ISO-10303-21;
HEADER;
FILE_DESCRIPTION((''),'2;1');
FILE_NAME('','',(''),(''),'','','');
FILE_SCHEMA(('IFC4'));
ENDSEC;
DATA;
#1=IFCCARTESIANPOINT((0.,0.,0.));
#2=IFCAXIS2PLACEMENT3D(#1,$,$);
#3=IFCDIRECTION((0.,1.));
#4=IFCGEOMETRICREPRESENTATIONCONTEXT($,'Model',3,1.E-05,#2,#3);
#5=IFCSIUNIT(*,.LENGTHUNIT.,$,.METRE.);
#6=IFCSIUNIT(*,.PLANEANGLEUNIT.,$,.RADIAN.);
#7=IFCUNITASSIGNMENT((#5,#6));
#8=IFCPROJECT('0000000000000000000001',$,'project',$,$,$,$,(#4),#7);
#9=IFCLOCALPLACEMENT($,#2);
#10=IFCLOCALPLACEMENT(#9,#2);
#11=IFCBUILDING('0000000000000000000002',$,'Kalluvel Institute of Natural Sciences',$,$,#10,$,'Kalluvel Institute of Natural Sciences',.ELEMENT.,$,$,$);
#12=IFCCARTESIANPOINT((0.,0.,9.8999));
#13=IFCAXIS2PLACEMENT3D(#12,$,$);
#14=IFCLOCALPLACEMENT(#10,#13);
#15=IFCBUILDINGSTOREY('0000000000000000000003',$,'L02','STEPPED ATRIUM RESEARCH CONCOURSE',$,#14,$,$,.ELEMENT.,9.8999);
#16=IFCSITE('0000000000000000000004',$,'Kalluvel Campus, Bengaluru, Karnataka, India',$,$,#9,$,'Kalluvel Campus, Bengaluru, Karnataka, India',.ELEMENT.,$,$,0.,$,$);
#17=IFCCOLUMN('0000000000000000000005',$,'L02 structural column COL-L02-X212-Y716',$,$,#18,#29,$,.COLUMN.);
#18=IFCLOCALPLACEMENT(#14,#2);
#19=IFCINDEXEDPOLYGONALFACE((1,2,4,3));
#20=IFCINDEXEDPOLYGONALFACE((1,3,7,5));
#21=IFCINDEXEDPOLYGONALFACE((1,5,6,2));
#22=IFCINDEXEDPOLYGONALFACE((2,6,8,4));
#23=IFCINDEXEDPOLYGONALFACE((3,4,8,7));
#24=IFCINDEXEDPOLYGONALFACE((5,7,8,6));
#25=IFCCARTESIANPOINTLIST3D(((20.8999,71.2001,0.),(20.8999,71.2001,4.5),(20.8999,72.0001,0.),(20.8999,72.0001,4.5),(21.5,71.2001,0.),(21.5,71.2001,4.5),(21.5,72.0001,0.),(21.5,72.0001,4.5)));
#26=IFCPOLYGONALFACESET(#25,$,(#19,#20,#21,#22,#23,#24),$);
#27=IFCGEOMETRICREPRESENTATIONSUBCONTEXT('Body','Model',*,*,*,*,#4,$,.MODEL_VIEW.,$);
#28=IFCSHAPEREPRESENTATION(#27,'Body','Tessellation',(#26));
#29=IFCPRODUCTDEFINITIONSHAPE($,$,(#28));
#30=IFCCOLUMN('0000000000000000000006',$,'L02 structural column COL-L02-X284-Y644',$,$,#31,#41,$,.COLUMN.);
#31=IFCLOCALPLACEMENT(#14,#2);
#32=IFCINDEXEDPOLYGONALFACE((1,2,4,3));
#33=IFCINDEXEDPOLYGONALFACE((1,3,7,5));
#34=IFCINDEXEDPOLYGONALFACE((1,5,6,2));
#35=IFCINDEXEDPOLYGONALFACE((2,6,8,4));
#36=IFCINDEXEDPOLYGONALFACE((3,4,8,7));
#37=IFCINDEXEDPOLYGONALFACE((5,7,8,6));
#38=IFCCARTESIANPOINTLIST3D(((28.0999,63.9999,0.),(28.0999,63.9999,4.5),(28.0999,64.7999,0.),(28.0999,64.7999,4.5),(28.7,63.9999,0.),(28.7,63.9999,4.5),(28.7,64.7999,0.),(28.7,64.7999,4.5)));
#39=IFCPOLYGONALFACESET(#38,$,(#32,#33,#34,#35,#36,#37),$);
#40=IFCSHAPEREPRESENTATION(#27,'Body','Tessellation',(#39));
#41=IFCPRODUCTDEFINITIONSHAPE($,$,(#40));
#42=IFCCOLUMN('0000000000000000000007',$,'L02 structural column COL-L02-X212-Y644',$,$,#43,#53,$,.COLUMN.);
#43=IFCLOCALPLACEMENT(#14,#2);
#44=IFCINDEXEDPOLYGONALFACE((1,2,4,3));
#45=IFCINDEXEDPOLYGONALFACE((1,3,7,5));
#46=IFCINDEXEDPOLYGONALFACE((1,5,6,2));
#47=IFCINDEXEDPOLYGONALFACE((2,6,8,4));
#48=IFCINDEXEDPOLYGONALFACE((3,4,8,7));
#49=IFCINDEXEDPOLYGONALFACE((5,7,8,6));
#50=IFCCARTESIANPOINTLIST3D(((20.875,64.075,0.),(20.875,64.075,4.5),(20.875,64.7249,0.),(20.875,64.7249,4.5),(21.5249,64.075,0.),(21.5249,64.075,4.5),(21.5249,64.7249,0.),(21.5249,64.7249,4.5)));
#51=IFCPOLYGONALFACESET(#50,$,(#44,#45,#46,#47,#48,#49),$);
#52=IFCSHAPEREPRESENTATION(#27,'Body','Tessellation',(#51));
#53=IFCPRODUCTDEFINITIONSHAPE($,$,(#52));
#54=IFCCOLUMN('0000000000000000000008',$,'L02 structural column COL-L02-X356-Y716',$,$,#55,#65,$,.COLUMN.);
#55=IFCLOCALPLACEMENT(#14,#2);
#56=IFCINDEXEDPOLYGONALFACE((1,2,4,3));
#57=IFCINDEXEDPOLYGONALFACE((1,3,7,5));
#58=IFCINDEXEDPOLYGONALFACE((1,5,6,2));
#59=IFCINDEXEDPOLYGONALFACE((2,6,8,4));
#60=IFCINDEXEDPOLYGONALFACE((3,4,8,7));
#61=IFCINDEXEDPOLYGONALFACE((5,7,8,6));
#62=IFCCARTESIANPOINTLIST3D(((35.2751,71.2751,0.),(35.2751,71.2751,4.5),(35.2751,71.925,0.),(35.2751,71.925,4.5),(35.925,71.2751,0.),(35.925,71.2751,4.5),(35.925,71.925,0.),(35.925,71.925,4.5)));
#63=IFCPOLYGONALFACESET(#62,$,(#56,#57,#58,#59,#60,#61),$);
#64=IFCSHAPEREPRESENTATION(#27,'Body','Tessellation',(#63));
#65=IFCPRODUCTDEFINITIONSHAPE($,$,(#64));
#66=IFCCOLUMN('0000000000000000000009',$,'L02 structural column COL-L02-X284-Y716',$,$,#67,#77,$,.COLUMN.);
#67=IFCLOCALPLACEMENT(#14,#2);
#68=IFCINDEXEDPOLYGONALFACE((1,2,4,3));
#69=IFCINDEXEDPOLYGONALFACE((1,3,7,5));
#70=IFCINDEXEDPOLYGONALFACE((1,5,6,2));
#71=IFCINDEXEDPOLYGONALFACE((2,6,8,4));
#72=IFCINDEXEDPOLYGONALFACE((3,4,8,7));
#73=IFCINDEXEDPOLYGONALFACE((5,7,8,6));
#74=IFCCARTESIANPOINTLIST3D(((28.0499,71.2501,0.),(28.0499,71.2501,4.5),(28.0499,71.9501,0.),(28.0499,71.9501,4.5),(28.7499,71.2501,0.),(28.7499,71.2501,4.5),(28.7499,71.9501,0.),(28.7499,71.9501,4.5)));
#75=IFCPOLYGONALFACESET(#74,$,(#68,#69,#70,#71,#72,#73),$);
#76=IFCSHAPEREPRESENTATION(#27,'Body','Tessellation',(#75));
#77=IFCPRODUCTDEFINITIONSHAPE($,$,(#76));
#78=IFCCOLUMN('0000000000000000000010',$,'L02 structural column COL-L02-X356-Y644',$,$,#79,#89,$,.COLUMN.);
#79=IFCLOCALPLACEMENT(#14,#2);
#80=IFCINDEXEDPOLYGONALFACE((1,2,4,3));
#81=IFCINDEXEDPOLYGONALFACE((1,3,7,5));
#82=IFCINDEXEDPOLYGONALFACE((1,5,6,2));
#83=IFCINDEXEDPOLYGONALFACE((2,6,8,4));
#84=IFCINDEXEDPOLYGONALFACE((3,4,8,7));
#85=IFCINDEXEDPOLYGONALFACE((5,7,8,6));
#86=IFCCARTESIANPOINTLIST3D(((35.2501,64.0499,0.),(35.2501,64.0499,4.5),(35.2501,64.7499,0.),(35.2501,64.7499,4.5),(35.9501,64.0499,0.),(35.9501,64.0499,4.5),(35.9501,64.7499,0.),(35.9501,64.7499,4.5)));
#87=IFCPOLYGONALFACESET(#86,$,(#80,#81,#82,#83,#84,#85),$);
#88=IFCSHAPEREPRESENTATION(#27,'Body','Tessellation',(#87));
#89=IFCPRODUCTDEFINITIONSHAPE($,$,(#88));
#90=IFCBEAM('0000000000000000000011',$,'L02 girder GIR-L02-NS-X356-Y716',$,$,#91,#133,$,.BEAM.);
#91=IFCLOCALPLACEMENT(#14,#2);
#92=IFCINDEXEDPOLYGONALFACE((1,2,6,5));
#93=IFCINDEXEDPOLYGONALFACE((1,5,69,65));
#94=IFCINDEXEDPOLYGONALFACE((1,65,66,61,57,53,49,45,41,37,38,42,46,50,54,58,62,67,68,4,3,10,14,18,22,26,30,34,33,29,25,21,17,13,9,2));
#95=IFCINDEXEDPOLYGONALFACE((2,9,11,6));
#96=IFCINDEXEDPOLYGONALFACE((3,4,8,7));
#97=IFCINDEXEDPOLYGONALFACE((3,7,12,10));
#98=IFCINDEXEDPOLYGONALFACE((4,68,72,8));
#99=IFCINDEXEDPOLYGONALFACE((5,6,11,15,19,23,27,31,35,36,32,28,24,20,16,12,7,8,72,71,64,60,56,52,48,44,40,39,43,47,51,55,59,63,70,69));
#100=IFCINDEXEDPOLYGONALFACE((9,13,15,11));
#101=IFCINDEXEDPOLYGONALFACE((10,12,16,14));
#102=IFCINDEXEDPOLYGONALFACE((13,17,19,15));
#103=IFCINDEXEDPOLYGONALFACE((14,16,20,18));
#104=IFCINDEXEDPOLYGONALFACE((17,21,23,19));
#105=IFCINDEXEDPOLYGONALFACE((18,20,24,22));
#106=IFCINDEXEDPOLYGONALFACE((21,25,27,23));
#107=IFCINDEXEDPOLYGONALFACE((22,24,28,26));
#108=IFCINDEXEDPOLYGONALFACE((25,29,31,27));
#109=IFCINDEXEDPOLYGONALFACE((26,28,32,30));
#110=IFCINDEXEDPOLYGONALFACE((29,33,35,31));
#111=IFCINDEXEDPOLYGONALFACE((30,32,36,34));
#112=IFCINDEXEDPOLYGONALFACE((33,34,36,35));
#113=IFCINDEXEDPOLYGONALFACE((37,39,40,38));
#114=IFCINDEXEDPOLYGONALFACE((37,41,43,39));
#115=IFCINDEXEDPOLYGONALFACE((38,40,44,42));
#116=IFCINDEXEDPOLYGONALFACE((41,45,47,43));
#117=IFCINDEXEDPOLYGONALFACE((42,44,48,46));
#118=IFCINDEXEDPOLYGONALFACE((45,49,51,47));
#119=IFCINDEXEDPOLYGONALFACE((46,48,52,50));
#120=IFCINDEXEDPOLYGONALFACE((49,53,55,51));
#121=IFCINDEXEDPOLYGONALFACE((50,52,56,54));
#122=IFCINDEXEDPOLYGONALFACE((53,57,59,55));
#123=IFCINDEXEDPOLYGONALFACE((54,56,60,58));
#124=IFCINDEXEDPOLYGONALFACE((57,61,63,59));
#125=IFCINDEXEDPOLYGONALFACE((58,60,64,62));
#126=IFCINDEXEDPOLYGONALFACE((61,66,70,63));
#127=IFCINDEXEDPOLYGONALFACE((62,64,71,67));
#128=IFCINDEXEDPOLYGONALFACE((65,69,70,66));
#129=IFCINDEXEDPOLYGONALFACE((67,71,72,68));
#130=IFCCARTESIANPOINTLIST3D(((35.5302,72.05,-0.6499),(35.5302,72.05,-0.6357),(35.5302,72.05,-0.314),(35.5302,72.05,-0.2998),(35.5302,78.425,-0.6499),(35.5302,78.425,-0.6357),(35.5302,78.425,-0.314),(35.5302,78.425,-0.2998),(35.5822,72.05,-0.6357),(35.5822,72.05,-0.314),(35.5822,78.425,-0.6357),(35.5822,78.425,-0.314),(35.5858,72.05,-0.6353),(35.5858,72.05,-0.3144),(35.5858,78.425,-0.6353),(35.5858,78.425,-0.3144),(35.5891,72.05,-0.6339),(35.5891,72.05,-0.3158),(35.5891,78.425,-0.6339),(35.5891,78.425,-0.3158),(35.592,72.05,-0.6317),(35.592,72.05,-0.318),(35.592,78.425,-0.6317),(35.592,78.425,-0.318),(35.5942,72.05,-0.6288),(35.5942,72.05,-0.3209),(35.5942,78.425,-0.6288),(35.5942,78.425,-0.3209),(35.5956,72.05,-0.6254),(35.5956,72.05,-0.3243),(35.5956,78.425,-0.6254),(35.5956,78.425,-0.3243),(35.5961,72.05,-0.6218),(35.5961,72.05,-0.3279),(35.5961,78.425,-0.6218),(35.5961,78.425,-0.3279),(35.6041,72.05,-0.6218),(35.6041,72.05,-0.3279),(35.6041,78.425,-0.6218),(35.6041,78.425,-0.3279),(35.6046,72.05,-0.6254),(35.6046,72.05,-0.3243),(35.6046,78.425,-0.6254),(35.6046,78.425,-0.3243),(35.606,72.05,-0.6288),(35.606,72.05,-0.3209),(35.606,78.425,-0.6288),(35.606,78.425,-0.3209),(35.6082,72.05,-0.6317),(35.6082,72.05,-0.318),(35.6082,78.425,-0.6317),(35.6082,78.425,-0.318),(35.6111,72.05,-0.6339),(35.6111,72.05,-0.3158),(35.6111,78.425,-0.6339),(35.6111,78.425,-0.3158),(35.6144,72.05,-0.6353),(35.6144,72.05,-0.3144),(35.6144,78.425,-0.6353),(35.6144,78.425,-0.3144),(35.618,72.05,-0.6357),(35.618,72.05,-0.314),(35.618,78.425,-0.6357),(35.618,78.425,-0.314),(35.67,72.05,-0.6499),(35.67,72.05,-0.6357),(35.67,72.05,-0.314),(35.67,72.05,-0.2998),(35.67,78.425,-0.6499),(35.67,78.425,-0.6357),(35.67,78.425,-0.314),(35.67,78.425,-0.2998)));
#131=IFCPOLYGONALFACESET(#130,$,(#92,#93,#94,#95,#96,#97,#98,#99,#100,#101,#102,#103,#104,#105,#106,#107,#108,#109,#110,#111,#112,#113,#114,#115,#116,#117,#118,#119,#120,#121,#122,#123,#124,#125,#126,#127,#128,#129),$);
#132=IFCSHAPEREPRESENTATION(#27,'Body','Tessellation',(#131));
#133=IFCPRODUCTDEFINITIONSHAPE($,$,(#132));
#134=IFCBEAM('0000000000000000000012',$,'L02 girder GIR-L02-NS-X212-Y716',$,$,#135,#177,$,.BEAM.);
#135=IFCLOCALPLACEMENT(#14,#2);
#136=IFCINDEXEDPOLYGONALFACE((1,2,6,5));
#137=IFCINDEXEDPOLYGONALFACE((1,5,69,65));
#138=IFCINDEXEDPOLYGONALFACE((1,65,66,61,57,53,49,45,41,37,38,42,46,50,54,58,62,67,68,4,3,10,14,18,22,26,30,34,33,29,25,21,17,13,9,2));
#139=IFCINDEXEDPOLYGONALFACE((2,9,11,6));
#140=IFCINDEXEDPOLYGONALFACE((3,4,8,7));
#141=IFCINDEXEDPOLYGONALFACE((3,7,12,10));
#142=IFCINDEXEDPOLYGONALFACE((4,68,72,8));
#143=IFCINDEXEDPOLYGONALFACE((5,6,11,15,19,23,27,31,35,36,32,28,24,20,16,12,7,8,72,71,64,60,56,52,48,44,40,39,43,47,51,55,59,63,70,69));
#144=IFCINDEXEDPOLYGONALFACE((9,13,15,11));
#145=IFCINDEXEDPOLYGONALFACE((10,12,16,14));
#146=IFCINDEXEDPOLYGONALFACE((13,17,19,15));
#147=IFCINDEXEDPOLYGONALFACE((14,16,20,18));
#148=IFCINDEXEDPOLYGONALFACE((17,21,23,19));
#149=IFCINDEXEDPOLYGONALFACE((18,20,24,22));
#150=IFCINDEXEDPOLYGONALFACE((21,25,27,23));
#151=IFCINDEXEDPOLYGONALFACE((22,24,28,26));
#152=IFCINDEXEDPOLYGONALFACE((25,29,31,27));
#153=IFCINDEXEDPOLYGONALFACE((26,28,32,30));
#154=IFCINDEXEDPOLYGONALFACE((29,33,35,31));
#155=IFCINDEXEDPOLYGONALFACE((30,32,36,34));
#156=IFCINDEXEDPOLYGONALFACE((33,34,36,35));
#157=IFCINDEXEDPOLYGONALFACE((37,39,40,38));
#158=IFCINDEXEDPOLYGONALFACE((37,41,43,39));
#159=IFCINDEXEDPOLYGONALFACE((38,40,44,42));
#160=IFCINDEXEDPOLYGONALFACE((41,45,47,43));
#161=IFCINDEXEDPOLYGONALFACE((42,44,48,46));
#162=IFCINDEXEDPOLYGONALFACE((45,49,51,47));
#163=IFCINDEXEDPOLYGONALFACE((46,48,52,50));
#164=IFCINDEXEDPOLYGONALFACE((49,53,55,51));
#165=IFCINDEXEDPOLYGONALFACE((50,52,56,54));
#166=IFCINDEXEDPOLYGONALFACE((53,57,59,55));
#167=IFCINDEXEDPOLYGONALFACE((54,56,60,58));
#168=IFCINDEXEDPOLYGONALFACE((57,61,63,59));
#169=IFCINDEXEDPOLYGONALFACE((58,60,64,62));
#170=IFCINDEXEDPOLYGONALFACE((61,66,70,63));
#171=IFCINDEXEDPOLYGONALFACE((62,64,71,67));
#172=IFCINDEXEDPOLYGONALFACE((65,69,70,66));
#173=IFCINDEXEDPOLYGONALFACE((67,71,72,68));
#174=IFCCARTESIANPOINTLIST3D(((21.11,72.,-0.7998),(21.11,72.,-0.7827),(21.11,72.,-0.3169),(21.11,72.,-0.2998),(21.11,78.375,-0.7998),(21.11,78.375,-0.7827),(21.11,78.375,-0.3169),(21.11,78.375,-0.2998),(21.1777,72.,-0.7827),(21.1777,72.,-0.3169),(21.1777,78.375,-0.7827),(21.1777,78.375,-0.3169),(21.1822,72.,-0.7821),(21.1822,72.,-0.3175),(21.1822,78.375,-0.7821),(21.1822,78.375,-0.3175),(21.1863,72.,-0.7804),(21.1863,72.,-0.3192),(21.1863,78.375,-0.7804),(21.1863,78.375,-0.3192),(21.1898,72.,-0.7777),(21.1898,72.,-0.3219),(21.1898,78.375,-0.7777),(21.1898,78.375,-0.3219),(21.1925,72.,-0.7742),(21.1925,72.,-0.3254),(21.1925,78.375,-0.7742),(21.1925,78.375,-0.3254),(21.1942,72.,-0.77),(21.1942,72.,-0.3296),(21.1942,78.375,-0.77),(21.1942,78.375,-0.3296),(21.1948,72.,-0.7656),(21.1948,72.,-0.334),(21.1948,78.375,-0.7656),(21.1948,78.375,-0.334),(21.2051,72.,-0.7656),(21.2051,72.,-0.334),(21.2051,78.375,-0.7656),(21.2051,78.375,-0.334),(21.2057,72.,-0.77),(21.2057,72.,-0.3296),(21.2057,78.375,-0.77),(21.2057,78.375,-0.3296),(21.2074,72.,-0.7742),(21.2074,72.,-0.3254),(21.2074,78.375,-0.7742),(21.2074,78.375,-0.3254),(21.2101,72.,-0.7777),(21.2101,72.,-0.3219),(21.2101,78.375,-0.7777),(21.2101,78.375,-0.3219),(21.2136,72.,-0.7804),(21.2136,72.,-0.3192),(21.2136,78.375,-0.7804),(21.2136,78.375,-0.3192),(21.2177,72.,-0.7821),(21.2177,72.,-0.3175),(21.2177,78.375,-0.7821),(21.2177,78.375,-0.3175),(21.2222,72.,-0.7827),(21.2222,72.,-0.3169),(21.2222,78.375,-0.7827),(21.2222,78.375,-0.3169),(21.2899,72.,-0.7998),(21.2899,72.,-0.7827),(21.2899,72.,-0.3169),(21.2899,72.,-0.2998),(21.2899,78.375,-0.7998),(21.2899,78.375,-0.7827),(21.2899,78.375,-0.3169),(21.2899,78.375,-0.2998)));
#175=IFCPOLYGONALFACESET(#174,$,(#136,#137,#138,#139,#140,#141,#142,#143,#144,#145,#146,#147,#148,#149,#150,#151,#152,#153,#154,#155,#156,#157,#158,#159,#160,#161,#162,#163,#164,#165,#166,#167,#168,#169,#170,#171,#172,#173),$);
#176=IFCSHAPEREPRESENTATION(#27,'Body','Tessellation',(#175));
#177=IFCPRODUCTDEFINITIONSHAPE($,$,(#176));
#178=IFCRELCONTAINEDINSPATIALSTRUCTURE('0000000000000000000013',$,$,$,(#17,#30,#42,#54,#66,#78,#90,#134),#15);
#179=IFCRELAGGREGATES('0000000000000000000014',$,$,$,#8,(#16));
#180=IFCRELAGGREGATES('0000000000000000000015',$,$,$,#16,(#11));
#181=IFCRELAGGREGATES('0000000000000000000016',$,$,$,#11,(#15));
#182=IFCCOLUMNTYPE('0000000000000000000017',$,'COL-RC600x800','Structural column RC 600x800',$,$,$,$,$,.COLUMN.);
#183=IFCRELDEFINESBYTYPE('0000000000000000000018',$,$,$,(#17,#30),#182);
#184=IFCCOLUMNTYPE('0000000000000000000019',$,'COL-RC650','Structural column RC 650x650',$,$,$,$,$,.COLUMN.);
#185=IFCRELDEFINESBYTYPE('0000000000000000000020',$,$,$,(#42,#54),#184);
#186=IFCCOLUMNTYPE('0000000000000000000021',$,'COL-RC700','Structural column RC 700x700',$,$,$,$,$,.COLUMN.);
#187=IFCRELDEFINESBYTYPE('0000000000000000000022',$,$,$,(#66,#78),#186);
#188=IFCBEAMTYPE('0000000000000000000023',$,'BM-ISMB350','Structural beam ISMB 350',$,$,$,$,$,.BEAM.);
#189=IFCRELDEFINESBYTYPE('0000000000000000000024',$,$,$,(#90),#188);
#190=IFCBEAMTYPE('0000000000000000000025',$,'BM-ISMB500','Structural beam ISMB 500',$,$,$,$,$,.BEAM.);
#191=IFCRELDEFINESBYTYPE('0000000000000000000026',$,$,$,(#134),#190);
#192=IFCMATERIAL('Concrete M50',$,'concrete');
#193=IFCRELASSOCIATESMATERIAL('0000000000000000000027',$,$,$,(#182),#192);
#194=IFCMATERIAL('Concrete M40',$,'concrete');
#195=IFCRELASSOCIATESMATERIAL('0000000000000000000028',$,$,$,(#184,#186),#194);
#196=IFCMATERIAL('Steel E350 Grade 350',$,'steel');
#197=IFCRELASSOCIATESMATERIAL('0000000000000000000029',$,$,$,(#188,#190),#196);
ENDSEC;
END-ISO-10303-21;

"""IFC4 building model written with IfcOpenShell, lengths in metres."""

from ifc_helpers import new_model, si_unit, direction, frame, origin, origin_2d, place, context, subcontext, project, spatial, rectangle, i_section, extrude, material, material_profile, profile_set, type_object, element, save


model = new_model("IFC4")

# Units and contexts
model_context = context("Model", 3, precision=1e-05, world=origin(), true_north=direction((0.0, 1.0)))
body_context = subcontext(model_context, "Body", "Model", "MODEL_VIEW")
ifc_project = project(units=[si_unit("LENGTHUNIT", "METRE"), si_unit("PLANEANGLEUNIT", "RADIAN")], contexts=[model_context])

# Site, building, storey
site_placement = place(None, origin())
site = spatial("IfcSite", under=ifc_project, at=site_placement, Name="Kalluvel Campus, Bengaluru, Karnataka, India", LongName="Kalluvel Campus, Bengaluru, Karnataka, India", CompositionType="ELEMENT", RefElevation=0.0)
building_placement = place(site_placement, origin())
building = spatial("IfcBuilding", under=site, at=building_placement, Name="Kalluvel Institute of Natural Sciences", LongName="Kalluvel Institute of Natural Sciences", CompositionType="ELEMENT")
storey_placement = place(building_placement, frame((0.0, 0.0, 9.8999)))
storey = spatial("IfcBuildingStorey", under=building, at=storey_placement, Name="L02", Description="STEPPED ATRIUM RESEARCH CONCOURSE", CompositionType="ELEMENT", Elevation=9.8999)

# Columns
ifc_material_1 = material(Name="Concrete M50", Category="concrete")
ifc_material_profile_1 = material_profile(ifc_material_1, rectangle(XDim=0.6001, YDim=0.8, at=origin_2d()), Name="RC 600x800")
ifc_profile_set_1 = profile_set([ifc_material_profile_1], Name="Concrete M50")
column_type_1 = type_object("IfcColumnType", Name="COL-RC600x800", Description="Structural column RC 600x800", PredefinedType="COLUMN", material=ifc_profile_set_1)
for number, where, z_axis, x_axis, name in (
    (1, (21.2, 71.6001, 0.0), (0.0, 0.0, 1.0), (1.0, 0.0, 0.0), "L02 structural column COL-L02-X212-Y716"),
    (2, (28.3999, 64.3999, 0.0), (0.0, 0.0, 1.0), (1.0, 0.0, 0.0), "L02 structural column COL-L02-X284-Y644"),
):
    element("IfcColumn", number, at=place(storey_placement, frame(where, z_axis=z_axis, x_axis=x_axis)), inside=storey, type_object=column_type_1, Name=name, PredefinedType="COLUMN", context=body_context, shape_type="SweptSolid", body=[
        extrude(rectangle(XDim=0.6001, YDim=0.8, at=origin_2d()), origin(), (0.0, 0.0, 1.0), 4.5),
    ])
ifc_material_2 = material(Name="Concrete M40", Category="concrete")
ifc_material_profile_2 = material_profile(ifc_material_2, rectangle(XDim=0.6499, YDim=0.6499, at=origin_2d()), Name="RC 650x650")
ifc_profile_set_2 = profile_set([ifc_material_profile_2], Name="Concrete M40")
column_type_2 = type_object("IfcColumnType", Name="COL-RC650", Description="Structural column RC 650x650", PredefinedType="COLUMN", material=ifc_profile_set_2)
for number, where, z_axis, x_axis, name in (
    (3, (21.2, 64.3999, 0.0), (0.0, 0.0, 1.0), (1.0, 0.0, 0.0), "L02 structural column COL-L02-X212-Y644"),
    (4, (35.6001, 71.6001, 0.0), (0.0, 0.0, 1.0), (1.0, 0.0, 0.0), "L02 structural column COL-L02-X356-Y716"),
):
    element("IfcColumn", number, at=place(storey_placement, frame(where, z_axis=z_axis, x_axis=x_axis)), inside=storey, type_object=column_type_2, Name=name, PredefinedType="COLUMN", context=body_context, shape_type="SweptSolid", body=[
        extrude(rectangle(XDim=0.6499, YDim=0.6499, at=origin_2d()), origin(), (0.0, 0.0, 1.0), 4.5),
    ])
ifc_material_profile_3 = material_profile(ifc_material_2, rectangle(XDim=0.7, YDim=0.7, at=origin_2d()), Name="RC 700x700")
ifc_profile_set_3 = profile_set([ifc_material_profile_3], Name="Concrete M40")
column_type_3 = type_object("IfcColumnType", Name="COL-RC700", Description="Structural column RC 700x700", PredefinedType="COLUMN", material=ifc_profile_set_3)
for number, where, z_axis, x_axis, name in (
    (5, (28.3999, 71.6001, 0.0), (0.0, 0.0, 1.0), (1.0, 0.0, 0.0), "L02 structural column COL-L02-X284-Y716"),
    (6, (35.6001, 64.3999, 0.0), (0.0, 0.0, 1.0), (1.0, 0.0, 0.0), "L02 structural column COL-L02-X356-Y644"),
):
    element("IfcColumn", number, at=place(storey_placement, frame(where, z_axis=z_axis, x_axis=x_axis)), inside=storey, type_object=column_type_3, Name=name, PredefinedType="COLUMN", context=body_context, shape_type="SweptSolid", body=[
        extrude(rectangle(XDim=0.7, YDim=0.7, at=origin_2d()), origin(), (0.0, 0.0, 1.0), 4.5),
    ])

# Beams
ifc_material_3 = material(Name="Steel E350 Grade 350", Category="steel")
ifc_material_profile_4 = material_profile(ifc_material_3, i_section(OverallWidth=0.1399, OverallDepth=0.3501, WebThickness=0.0081, FlangeThickness=0.0142, FilletRadius=0.0139, at=origin_2d()), Name="ISMB 350")
ifc_profile_set_4 = profile_set([ifc_material_profile_4], Name="Steel E350 Grade 350")
beam_type_1 = type_object("IfcBeamType", Name="BM-ISMB350", Description="Structural beam ISMB 350", PredefinedType="BEAM", material=ifc_profile_set_4)
beam_1_placement = place(storey_placement, frame((35.6001, 72.05, -0.4749), z_axis=(0.0, 1.0, 0.0), x_axis=(-1.0, 0.0, 0.0)))
element("IfcBeam", 7, at=beam_1_placement, inside=storey, type_object=beam_type_1, Name="L02 girder GIR-L02-NS-X356-Y716", PredefinedType="BEAM", context=body_context, shape_type="SweptSolid", body=[
    extrude(i_section(OverallWidth=0.1399, OverallDepth=0.3501, WebThickness=0.0081, FlangeThickness=0.0142, FilletRadius=0.0139, at=origin_2d()), origin(), (0.0, 0.0, 1.0), 6.375),
])
ifc_material_profile_5 = material_profile(ifc_material_3, i_section(OverallWidth=0.1799, OverallDepth=0.5, WebThickness=0.0103, FlangeThickness=0.0171, FilletRadius=0.0171, at=origin_2d()), Name="ISMB 500")
ifc_profile_set_5 = profile_set([ifc_material_profile_5], Name="Steel E350 Grade 350")
beam_type_2 = type_object("IfcBeamType", Name="BM-ISMB500", Description="Structural beam ISMB 500", PredefinedType="BEAM", material=ifc_profile_set_5)
for number, where, z_axis, x_axis, name in (
    (8, (21.2, 72.0, -0.5498), (0.0, 1.0, 0.0), (-1.0, 0.0, 0.0), "L02 girder GIR-L02-NS-X212-Y716"),
):
    element("IfcBeam", number, at=place(storey_placement, frame(where, z_axis=z_axis, x_axis=x_axis)), inside=storey, type_object=beam_type_2, Name=name, PredefinedType="BEAM", context=body_context, shape_type="SweptSolid", body=[
        extrude(i_section(OverallWidth=0.1799, OverallDepth=0.5, WebThickness=0.0103, FlangeThickness=0.0171, FilletRadius=0.0171, at=origin_2d()), origin(), (0.0, 0.0, 1.0), 6.375),
    ])

save(model, "model.ifc")
